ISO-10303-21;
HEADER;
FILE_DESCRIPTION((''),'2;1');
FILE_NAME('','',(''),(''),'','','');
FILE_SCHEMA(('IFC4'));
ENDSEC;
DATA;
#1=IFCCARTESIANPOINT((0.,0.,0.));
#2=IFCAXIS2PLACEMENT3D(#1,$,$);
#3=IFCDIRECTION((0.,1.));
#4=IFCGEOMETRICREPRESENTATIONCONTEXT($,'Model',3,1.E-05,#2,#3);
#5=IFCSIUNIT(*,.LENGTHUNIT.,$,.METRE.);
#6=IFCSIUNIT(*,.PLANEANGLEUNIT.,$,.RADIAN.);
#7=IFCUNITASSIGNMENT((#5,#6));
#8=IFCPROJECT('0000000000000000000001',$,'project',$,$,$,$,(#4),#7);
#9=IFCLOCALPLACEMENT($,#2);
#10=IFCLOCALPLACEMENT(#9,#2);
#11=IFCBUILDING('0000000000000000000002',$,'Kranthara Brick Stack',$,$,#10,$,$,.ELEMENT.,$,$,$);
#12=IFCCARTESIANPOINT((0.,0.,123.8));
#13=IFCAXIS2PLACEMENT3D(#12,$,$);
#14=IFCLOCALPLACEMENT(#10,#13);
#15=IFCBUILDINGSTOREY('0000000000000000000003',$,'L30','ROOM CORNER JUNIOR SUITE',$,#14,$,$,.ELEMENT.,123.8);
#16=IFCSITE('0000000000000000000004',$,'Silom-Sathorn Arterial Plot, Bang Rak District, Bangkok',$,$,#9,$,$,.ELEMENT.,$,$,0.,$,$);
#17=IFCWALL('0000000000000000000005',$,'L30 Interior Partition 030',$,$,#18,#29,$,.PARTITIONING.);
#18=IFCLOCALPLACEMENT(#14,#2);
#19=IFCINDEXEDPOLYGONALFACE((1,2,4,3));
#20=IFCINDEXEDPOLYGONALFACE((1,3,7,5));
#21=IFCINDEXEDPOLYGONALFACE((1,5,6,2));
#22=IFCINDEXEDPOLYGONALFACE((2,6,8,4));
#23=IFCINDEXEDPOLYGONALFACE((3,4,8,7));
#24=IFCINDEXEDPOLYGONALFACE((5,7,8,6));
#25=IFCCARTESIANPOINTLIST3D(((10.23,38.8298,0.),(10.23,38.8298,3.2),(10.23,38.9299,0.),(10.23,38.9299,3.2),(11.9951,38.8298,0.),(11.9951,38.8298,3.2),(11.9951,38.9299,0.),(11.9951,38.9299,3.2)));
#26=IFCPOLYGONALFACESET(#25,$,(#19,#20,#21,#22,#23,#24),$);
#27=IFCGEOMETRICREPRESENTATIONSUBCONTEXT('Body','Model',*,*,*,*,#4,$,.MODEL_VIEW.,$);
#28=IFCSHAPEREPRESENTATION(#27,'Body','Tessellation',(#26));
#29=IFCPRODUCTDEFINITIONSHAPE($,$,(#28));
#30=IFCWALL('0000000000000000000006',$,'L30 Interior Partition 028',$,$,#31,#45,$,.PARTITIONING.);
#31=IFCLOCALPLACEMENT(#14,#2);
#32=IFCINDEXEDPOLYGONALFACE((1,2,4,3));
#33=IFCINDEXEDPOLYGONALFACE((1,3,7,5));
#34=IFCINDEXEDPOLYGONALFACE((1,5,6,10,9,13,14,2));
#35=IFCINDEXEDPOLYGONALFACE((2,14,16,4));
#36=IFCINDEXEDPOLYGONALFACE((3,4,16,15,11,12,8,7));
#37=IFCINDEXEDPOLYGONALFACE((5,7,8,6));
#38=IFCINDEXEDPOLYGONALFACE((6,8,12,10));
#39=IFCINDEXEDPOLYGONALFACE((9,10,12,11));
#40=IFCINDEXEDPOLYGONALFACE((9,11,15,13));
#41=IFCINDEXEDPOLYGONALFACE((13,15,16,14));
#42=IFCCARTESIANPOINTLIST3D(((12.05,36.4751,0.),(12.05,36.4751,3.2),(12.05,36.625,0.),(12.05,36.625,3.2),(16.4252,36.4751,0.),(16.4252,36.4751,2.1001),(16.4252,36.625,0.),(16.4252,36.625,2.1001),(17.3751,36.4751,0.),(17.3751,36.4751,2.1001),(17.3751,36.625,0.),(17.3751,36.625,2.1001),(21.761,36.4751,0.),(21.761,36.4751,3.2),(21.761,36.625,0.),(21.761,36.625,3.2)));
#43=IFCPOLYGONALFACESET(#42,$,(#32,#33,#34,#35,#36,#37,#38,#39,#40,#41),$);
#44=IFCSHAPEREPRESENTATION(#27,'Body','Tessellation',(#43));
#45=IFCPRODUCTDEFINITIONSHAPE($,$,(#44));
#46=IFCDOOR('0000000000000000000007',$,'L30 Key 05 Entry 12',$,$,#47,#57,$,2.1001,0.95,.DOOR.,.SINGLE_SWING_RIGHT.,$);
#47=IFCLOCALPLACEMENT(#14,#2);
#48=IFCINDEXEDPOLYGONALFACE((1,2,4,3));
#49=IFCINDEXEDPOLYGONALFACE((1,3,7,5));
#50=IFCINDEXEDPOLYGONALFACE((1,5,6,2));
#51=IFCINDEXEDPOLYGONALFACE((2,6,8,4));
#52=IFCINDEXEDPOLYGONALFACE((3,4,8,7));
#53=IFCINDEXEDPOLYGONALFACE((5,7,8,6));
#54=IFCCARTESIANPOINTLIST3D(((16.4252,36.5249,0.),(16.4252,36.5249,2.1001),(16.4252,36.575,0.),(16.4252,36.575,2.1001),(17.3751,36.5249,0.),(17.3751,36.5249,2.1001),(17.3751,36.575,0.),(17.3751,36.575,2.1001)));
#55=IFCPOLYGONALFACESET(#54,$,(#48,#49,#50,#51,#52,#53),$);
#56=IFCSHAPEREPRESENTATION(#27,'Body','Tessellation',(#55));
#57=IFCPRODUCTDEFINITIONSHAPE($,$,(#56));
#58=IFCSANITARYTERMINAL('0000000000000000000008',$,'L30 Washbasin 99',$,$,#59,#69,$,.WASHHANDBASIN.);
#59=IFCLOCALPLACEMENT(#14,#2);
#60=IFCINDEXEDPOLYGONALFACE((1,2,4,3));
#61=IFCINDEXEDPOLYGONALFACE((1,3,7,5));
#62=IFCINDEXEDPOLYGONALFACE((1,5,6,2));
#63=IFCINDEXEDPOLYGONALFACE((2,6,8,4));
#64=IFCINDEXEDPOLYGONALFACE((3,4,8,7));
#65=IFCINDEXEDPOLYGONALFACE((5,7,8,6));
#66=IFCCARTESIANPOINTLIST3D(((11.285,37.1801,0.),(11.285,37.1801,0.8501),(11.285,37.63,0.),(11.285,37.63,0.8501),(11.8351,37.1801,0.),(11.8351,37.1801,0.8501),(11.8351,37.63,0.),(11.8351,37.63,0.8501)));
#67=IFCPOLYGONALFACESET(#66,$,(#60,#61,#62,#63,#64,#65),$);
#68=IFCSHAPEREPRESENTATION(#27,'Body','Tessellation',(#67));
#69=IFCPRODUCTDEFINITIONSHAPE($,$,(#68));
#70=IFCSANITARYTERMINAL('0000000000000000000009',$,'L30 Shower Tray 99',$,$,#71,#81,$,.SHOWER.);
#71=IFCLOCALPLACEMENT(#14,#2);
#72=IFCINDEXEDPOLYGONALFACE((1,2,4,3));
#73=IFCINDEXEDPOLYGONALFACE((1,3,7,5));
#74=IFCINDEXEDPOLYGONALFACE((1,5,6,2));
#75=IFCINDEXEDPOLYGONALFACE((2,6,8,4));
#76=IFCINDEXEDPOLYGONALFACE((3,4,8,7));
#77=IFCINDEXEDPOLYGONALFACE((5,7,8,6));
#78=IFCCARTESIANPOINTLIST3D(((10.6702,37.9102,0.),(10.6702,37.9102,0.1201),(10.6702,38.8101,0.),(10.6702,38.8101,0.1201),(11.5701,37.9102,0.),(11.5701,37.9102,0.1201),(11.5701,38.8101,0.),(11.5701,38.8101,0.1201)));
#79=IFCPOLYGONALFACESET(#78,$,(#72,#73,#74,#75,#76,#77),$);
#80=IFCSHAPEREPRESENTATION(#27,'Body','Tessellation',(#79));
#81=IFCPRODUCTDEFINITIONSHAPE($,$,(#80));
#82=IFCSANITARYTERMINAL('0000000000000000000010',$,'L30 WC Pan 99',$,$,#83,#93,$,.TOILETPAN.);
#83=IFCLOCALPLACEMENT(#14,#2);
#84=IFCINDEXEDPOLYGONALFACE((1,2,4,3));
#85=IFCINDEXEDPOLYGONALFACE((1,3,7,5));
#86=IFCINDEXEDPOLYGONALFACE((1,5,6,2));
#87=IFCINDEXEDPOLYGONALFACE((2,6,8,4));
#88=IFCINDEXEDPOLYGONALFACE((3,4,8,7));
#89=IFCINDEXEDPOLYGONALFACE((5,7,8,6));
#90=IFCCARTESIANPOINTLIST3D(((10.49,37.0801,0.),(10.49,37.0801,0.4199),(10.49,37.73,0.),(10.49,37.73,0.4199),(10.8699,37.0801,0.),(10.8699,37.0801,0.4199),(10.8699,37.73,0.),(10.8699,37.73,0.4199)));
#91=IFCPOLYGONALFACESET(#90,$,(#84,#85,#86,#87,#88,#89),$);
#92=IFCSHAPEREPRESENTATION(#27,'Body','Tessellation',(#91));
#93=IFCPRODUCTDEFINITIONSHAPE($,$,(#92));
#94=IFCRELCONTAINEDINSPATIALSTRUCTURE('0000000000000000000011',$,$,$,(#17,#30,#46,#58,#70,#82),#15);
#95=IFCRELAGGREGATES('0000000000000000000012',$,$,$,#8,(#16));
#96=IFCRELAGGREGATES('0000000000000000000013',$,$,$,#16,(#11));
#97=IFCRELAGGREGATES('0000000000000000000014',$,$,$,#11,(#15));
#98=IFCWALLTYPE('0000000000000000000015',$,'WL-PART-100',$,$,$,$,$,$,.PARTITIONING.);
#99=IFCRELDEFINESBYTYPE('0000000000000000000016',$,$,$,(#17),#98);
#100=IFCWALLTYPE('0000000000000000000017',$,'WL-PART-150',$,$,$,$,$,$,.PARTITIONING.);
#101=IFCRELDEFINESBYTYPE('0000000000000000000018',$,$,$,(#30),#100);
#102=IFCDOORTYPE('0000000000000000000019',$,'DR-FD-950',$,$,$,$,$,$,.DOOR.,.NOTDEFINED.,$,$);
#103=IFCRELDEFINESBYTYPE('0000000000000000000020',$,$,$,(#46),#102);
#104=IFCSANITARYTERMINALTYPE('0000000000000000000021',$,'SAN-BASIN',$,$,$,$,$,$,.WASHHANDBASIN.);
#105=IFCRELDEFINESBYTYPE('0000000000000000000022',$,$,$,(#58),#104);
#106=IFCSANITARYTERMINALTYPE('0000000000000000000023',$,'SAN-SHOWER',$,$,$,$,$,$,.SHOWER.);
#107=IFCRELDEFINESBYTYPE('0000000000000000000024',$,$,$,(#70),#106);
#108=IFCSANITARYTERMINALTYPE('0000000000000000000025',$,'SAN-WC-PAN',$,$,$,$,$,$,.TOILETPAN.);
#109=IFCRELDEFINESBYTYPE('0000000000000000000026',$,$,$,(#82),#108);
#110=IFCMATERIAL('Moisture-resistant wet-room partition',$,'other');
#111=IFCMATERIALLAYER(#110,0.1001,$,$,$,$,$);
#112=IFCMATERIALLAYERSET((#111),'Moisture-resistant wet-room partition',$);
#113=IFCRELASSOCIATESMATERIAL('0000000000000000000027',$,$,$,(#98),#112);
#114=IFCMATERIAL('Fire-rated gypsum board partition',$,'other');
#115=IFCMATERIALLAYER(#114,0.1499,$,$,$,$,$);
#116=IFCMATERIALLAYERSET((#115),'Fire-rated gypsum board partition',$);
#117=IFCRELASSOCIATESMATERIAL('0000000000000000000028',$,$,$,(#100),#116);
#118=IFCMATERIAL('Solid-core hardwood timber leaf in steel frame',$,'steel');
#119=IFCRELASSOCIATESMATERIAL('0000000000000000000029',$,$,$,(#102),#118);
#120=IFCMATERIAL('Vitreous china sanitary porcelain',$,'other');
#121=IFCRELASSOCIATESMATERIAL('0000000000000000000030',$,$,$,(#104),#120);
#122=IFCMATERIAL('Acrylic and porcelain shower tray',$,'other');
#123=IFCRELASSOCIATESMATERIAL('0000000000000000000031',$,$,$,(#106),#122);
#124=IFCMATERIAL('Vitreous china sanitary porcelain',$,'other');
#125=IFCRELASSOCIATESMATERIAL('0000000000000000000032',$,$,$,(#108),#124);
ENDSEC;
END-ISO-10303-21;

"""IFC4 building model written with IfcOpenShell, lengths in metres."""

from ifc_helpers import new_model, si_unit, direction, frame, frame_2d, origin, origin_2d, place, context, subcontext, project, spatial, rectangle, extrude, material, layer, layer_set, type_object, element, fill, save


model = new_model("IFC4")

# Units and contexts
model_context = context("Model", 3, precision=1e-05, world=origin(), true_north=direction((0.0, 1.0)))
body_context = subcontext(model_context, "Body", "Model", "MODEL_VIEW")
ifc_project = project(units=[si_unit("LENGTHUNIT", "METRE"), si_unit("PLANEANGLEUNIT", "RADIAN")], contexts=[model_context])

# Site, building, storey
site_placement = place(None, origin())
site = spatial("IfcSite", under=ifc_project, at=site_placement, Name="Silom-Sathorn Arterial Plot, Bang Rak District, Bangkok", CompositionType="ELEMENT", RefElevation=0.0)
building_placement = place(site_placement, origin())
building = spatial("IfcBuilding", under=site, at=building_placement, Name="Kranthara Brick Stack", CompositionType="ELEMENT")
storey_placement = place(building_placement, frame((0.0, 0.0, 123.8)))
storey = spatial("IfcBuildingStorey", under=building, at=storey_placement, Name="L30", Description="ROOM CORNER JUNIOR SUITE", CompositionType="ELEMENT", Elevation=123.8)

# Shared definitions
ifc_material_1 = material(Name="Moisture-resistant wet-room partition", Category="other")
ifc_layer_1 = layer(ifc_material_1, 0.1001)
ifc_layer_set_1 = layer_set([ifc_layer_1], Name="Moisture-resistant wet-room partition")
wall_type_1 = type_object("IfcWallType", Name="WL-PART-100", PredefinedType="PARTITIONING", material=ifc_layer_set_1)

# Wall
wall_1_placement = place(storey_placement, frame((10.23, 38.8799, 0.0), z_axis=(0.0, 0.0, 1.0), x_axis=(1.0, 0.0, 0.0)))
element("IfcWall", 1, at=wall_1_placement, inside=storey, type_object=wall_type_1, Name="L30 Interior Partition 030", PredefinedType="PARTITIONING", context=body_context, shape_type="SweptSolid", body=[
    extrude(rectangle(XDim=1.7651, YDim=0.1001, at=frame_2d((0.8826, 0.0))), origin(), (0.0, 0.0, 1.0), 3.2),
])

# Wall, opening, door
ifc_material_2 = material(Name="Fire-rated gypsum board partition", Category="other")
ifc_layer_2 = layer(ifc_material_2, 0.1499)
ifc_layer_set_2 = layer_set([ifc_layer_2], Name="Fire-rated gypsum board partition")
wall_type_2 = type_object("IfcWallType", Name="WL-PART-150", PredefinedType="PARTITIONING", material=ifc_layer_set_2)
wall_2_placement = place(storey_placement, frame((12.05, 36.55, 0.0), z_axis=(0.0, 0.0, 1.0), x_axis=(1.0, 0.0, 0.0)))
wall_2 = element("IfcWall", 2, at=wall_2_placement, inside=storey, type_object=wall_type_2, Name="L30 Interior Partition 028", PredefinedType="PARTITIONING", context=body_context, shape_type="SweptSolid", body=[
    extrude(rectangle(XDim=9.7109, YDim=0.1499, at=frame_2d((4.8555, 0.0))), origin(), (0.0, 0.0, 1.0), 3.2),
])
opening_1_placement = place(wall_2_placement, frame((4.375, 0.0, 0.0)))
opening_1 = element("IfcOpeningElement", 3, at=opening_1_placement, cuts=wall_2, PredefinedType="OPENING", context=body_context, shape_type="SweptSolid", body=[
    extrude(rectangle(XDim=0.95, YDim=2.1001, at=frame_2d((0.4751, 1.05))), frame((0.0, 0.085, 0.0), z_axis=(0.0, -1.0, 0.0), x_axis=(1.0, 0.0, 0.0)), (0.0, 0.0, 1.0), 0.1699),
])
ifc_material_3 = material(Name="Solid-core hardwood timber leaf in steel frame", Category="steel")
door_type_1 = type_object("IfcDoorType", Name="DR-FD-950", OperationType="NOTDEFINED", PredefinedType="DOOR", material=ifc_material_3)
door_1_placement = place(opening_1_placement, origin())
door_1 = element("IfcDoor", 4, at=door_1_placement, inside=storey, type_object=door_type_1, Name="L30 Key 05 Entry 12", OperationType="SINGLE_SWING_RIGHT", OverallHeight=2.1001, OverallWidth=0.95, PredefinedType="DOOR", context=body_context, shape_type="SweptSolid", body=[
    extrude(rectangle(XDim=0.95, YDim=2.1001, at=frame_2d((0.4751, 1.05))), frame((0.0, 0.0249, 0.0), z_axis=(0.0, -1.0, 0.0), x_axis=(1.0, 0.0, 0.0)), (0.0, 0.0, 1.0), 0.05),
])
fill(opening_1, door_1)

# Sanitary terminals
ifc_material_4 = material(Name="Vitreous china sanitary porcelain", Category="other")
sanitary_terminal_type_1 = type_object("IfcSanitaryTerminalType", Name="SAN-BASIN", PredefinedType="WASHHANDBASIN", material=ifc_material_4)
sanitary_terminal_1_placement = place(storey_placement, frame((11.5601, 37.405, 0.0), z_axis=(0.0, 0.0, 1.0), x_axis=(1.0, 0.0, 0.0)))
element("IfcSanitaryTerminal", 5, at=sanitary_terminal_1_placement, inside=storey, type_object=sanitary_terminal_type_1, Name="L30 Washbasin 99", PredefinedType="WASHHANDBASIN", context=body_context, shape_type="SweptSolid", body=[
    extrude(rectangle(XDim=0.55, YDim=0.45, at=origin_2d()), origin(), (0.0, 0.0, 1.0), 0.8501),
])
ifc_material_5 = material(Name="Acrylic and porcelain shower tray", Category="other")
sanitary_terminal_type_2 = type_object("IfcSanitaryTerminalType", Name="SAN-SHOWER", PredefinedType="SHOWER", material=ifc_material_5)
sanitary_terminal_2_placement = place(storey_placement, frame((11.1201, 38.3601, 0.0), z_axis=(0.0, 0.0, 1.0), x_axis=(1.0, 0.0, 0.0)))
element("IfcSanitaryTerminal", 6, at=sanitary_terminal_2_placement, inside=storey, type_object=sanitary_terminal_type_2, Name="L30 Shower Tray 99", PredefinedType="SHOWER", context=body_context, shape_type="SweptSolid", body=[
    extrude(rectangle(XDim=0.8999, YDim=0.8999, at=origin_2d()), origin(), (0.0, 0.0, 1.0), 0.1201),
])
ifc_material_6 = material(Name="Vitreous china sanitary porcelain", Category="other")
sanitary_terminal_type_3 = type_object("IfcSanitaryTerminalType", Name="SAN-WC-PAN", PredefinedType="TOILETPAN", material=ifc_material_6)
sanitary_terminal_3_placement = place(storey_placement, frame((10.6799, 37.405, 0.0), z_axis=(0.0, 0.0, 1.0), x_axis=(1.0, 0.0, 0.0)))
element("IfcSanitaryTerminal", 7, at=sanitary_terminal_3_placement, inside=storey, type_object=sanitary_terminal_type_3, Name="L30 WC Pan 99", PredefinedType="TOILETPAN", context=body_context, shape_type="SweptSolid", body=[
    extrude(rectangle(XDim=0.3799, YDim=0.6499, at=origin_2d()), origin(), (0.0, 0.0, 1.0), 0.4199),
])

save(model, "model.ifc")
